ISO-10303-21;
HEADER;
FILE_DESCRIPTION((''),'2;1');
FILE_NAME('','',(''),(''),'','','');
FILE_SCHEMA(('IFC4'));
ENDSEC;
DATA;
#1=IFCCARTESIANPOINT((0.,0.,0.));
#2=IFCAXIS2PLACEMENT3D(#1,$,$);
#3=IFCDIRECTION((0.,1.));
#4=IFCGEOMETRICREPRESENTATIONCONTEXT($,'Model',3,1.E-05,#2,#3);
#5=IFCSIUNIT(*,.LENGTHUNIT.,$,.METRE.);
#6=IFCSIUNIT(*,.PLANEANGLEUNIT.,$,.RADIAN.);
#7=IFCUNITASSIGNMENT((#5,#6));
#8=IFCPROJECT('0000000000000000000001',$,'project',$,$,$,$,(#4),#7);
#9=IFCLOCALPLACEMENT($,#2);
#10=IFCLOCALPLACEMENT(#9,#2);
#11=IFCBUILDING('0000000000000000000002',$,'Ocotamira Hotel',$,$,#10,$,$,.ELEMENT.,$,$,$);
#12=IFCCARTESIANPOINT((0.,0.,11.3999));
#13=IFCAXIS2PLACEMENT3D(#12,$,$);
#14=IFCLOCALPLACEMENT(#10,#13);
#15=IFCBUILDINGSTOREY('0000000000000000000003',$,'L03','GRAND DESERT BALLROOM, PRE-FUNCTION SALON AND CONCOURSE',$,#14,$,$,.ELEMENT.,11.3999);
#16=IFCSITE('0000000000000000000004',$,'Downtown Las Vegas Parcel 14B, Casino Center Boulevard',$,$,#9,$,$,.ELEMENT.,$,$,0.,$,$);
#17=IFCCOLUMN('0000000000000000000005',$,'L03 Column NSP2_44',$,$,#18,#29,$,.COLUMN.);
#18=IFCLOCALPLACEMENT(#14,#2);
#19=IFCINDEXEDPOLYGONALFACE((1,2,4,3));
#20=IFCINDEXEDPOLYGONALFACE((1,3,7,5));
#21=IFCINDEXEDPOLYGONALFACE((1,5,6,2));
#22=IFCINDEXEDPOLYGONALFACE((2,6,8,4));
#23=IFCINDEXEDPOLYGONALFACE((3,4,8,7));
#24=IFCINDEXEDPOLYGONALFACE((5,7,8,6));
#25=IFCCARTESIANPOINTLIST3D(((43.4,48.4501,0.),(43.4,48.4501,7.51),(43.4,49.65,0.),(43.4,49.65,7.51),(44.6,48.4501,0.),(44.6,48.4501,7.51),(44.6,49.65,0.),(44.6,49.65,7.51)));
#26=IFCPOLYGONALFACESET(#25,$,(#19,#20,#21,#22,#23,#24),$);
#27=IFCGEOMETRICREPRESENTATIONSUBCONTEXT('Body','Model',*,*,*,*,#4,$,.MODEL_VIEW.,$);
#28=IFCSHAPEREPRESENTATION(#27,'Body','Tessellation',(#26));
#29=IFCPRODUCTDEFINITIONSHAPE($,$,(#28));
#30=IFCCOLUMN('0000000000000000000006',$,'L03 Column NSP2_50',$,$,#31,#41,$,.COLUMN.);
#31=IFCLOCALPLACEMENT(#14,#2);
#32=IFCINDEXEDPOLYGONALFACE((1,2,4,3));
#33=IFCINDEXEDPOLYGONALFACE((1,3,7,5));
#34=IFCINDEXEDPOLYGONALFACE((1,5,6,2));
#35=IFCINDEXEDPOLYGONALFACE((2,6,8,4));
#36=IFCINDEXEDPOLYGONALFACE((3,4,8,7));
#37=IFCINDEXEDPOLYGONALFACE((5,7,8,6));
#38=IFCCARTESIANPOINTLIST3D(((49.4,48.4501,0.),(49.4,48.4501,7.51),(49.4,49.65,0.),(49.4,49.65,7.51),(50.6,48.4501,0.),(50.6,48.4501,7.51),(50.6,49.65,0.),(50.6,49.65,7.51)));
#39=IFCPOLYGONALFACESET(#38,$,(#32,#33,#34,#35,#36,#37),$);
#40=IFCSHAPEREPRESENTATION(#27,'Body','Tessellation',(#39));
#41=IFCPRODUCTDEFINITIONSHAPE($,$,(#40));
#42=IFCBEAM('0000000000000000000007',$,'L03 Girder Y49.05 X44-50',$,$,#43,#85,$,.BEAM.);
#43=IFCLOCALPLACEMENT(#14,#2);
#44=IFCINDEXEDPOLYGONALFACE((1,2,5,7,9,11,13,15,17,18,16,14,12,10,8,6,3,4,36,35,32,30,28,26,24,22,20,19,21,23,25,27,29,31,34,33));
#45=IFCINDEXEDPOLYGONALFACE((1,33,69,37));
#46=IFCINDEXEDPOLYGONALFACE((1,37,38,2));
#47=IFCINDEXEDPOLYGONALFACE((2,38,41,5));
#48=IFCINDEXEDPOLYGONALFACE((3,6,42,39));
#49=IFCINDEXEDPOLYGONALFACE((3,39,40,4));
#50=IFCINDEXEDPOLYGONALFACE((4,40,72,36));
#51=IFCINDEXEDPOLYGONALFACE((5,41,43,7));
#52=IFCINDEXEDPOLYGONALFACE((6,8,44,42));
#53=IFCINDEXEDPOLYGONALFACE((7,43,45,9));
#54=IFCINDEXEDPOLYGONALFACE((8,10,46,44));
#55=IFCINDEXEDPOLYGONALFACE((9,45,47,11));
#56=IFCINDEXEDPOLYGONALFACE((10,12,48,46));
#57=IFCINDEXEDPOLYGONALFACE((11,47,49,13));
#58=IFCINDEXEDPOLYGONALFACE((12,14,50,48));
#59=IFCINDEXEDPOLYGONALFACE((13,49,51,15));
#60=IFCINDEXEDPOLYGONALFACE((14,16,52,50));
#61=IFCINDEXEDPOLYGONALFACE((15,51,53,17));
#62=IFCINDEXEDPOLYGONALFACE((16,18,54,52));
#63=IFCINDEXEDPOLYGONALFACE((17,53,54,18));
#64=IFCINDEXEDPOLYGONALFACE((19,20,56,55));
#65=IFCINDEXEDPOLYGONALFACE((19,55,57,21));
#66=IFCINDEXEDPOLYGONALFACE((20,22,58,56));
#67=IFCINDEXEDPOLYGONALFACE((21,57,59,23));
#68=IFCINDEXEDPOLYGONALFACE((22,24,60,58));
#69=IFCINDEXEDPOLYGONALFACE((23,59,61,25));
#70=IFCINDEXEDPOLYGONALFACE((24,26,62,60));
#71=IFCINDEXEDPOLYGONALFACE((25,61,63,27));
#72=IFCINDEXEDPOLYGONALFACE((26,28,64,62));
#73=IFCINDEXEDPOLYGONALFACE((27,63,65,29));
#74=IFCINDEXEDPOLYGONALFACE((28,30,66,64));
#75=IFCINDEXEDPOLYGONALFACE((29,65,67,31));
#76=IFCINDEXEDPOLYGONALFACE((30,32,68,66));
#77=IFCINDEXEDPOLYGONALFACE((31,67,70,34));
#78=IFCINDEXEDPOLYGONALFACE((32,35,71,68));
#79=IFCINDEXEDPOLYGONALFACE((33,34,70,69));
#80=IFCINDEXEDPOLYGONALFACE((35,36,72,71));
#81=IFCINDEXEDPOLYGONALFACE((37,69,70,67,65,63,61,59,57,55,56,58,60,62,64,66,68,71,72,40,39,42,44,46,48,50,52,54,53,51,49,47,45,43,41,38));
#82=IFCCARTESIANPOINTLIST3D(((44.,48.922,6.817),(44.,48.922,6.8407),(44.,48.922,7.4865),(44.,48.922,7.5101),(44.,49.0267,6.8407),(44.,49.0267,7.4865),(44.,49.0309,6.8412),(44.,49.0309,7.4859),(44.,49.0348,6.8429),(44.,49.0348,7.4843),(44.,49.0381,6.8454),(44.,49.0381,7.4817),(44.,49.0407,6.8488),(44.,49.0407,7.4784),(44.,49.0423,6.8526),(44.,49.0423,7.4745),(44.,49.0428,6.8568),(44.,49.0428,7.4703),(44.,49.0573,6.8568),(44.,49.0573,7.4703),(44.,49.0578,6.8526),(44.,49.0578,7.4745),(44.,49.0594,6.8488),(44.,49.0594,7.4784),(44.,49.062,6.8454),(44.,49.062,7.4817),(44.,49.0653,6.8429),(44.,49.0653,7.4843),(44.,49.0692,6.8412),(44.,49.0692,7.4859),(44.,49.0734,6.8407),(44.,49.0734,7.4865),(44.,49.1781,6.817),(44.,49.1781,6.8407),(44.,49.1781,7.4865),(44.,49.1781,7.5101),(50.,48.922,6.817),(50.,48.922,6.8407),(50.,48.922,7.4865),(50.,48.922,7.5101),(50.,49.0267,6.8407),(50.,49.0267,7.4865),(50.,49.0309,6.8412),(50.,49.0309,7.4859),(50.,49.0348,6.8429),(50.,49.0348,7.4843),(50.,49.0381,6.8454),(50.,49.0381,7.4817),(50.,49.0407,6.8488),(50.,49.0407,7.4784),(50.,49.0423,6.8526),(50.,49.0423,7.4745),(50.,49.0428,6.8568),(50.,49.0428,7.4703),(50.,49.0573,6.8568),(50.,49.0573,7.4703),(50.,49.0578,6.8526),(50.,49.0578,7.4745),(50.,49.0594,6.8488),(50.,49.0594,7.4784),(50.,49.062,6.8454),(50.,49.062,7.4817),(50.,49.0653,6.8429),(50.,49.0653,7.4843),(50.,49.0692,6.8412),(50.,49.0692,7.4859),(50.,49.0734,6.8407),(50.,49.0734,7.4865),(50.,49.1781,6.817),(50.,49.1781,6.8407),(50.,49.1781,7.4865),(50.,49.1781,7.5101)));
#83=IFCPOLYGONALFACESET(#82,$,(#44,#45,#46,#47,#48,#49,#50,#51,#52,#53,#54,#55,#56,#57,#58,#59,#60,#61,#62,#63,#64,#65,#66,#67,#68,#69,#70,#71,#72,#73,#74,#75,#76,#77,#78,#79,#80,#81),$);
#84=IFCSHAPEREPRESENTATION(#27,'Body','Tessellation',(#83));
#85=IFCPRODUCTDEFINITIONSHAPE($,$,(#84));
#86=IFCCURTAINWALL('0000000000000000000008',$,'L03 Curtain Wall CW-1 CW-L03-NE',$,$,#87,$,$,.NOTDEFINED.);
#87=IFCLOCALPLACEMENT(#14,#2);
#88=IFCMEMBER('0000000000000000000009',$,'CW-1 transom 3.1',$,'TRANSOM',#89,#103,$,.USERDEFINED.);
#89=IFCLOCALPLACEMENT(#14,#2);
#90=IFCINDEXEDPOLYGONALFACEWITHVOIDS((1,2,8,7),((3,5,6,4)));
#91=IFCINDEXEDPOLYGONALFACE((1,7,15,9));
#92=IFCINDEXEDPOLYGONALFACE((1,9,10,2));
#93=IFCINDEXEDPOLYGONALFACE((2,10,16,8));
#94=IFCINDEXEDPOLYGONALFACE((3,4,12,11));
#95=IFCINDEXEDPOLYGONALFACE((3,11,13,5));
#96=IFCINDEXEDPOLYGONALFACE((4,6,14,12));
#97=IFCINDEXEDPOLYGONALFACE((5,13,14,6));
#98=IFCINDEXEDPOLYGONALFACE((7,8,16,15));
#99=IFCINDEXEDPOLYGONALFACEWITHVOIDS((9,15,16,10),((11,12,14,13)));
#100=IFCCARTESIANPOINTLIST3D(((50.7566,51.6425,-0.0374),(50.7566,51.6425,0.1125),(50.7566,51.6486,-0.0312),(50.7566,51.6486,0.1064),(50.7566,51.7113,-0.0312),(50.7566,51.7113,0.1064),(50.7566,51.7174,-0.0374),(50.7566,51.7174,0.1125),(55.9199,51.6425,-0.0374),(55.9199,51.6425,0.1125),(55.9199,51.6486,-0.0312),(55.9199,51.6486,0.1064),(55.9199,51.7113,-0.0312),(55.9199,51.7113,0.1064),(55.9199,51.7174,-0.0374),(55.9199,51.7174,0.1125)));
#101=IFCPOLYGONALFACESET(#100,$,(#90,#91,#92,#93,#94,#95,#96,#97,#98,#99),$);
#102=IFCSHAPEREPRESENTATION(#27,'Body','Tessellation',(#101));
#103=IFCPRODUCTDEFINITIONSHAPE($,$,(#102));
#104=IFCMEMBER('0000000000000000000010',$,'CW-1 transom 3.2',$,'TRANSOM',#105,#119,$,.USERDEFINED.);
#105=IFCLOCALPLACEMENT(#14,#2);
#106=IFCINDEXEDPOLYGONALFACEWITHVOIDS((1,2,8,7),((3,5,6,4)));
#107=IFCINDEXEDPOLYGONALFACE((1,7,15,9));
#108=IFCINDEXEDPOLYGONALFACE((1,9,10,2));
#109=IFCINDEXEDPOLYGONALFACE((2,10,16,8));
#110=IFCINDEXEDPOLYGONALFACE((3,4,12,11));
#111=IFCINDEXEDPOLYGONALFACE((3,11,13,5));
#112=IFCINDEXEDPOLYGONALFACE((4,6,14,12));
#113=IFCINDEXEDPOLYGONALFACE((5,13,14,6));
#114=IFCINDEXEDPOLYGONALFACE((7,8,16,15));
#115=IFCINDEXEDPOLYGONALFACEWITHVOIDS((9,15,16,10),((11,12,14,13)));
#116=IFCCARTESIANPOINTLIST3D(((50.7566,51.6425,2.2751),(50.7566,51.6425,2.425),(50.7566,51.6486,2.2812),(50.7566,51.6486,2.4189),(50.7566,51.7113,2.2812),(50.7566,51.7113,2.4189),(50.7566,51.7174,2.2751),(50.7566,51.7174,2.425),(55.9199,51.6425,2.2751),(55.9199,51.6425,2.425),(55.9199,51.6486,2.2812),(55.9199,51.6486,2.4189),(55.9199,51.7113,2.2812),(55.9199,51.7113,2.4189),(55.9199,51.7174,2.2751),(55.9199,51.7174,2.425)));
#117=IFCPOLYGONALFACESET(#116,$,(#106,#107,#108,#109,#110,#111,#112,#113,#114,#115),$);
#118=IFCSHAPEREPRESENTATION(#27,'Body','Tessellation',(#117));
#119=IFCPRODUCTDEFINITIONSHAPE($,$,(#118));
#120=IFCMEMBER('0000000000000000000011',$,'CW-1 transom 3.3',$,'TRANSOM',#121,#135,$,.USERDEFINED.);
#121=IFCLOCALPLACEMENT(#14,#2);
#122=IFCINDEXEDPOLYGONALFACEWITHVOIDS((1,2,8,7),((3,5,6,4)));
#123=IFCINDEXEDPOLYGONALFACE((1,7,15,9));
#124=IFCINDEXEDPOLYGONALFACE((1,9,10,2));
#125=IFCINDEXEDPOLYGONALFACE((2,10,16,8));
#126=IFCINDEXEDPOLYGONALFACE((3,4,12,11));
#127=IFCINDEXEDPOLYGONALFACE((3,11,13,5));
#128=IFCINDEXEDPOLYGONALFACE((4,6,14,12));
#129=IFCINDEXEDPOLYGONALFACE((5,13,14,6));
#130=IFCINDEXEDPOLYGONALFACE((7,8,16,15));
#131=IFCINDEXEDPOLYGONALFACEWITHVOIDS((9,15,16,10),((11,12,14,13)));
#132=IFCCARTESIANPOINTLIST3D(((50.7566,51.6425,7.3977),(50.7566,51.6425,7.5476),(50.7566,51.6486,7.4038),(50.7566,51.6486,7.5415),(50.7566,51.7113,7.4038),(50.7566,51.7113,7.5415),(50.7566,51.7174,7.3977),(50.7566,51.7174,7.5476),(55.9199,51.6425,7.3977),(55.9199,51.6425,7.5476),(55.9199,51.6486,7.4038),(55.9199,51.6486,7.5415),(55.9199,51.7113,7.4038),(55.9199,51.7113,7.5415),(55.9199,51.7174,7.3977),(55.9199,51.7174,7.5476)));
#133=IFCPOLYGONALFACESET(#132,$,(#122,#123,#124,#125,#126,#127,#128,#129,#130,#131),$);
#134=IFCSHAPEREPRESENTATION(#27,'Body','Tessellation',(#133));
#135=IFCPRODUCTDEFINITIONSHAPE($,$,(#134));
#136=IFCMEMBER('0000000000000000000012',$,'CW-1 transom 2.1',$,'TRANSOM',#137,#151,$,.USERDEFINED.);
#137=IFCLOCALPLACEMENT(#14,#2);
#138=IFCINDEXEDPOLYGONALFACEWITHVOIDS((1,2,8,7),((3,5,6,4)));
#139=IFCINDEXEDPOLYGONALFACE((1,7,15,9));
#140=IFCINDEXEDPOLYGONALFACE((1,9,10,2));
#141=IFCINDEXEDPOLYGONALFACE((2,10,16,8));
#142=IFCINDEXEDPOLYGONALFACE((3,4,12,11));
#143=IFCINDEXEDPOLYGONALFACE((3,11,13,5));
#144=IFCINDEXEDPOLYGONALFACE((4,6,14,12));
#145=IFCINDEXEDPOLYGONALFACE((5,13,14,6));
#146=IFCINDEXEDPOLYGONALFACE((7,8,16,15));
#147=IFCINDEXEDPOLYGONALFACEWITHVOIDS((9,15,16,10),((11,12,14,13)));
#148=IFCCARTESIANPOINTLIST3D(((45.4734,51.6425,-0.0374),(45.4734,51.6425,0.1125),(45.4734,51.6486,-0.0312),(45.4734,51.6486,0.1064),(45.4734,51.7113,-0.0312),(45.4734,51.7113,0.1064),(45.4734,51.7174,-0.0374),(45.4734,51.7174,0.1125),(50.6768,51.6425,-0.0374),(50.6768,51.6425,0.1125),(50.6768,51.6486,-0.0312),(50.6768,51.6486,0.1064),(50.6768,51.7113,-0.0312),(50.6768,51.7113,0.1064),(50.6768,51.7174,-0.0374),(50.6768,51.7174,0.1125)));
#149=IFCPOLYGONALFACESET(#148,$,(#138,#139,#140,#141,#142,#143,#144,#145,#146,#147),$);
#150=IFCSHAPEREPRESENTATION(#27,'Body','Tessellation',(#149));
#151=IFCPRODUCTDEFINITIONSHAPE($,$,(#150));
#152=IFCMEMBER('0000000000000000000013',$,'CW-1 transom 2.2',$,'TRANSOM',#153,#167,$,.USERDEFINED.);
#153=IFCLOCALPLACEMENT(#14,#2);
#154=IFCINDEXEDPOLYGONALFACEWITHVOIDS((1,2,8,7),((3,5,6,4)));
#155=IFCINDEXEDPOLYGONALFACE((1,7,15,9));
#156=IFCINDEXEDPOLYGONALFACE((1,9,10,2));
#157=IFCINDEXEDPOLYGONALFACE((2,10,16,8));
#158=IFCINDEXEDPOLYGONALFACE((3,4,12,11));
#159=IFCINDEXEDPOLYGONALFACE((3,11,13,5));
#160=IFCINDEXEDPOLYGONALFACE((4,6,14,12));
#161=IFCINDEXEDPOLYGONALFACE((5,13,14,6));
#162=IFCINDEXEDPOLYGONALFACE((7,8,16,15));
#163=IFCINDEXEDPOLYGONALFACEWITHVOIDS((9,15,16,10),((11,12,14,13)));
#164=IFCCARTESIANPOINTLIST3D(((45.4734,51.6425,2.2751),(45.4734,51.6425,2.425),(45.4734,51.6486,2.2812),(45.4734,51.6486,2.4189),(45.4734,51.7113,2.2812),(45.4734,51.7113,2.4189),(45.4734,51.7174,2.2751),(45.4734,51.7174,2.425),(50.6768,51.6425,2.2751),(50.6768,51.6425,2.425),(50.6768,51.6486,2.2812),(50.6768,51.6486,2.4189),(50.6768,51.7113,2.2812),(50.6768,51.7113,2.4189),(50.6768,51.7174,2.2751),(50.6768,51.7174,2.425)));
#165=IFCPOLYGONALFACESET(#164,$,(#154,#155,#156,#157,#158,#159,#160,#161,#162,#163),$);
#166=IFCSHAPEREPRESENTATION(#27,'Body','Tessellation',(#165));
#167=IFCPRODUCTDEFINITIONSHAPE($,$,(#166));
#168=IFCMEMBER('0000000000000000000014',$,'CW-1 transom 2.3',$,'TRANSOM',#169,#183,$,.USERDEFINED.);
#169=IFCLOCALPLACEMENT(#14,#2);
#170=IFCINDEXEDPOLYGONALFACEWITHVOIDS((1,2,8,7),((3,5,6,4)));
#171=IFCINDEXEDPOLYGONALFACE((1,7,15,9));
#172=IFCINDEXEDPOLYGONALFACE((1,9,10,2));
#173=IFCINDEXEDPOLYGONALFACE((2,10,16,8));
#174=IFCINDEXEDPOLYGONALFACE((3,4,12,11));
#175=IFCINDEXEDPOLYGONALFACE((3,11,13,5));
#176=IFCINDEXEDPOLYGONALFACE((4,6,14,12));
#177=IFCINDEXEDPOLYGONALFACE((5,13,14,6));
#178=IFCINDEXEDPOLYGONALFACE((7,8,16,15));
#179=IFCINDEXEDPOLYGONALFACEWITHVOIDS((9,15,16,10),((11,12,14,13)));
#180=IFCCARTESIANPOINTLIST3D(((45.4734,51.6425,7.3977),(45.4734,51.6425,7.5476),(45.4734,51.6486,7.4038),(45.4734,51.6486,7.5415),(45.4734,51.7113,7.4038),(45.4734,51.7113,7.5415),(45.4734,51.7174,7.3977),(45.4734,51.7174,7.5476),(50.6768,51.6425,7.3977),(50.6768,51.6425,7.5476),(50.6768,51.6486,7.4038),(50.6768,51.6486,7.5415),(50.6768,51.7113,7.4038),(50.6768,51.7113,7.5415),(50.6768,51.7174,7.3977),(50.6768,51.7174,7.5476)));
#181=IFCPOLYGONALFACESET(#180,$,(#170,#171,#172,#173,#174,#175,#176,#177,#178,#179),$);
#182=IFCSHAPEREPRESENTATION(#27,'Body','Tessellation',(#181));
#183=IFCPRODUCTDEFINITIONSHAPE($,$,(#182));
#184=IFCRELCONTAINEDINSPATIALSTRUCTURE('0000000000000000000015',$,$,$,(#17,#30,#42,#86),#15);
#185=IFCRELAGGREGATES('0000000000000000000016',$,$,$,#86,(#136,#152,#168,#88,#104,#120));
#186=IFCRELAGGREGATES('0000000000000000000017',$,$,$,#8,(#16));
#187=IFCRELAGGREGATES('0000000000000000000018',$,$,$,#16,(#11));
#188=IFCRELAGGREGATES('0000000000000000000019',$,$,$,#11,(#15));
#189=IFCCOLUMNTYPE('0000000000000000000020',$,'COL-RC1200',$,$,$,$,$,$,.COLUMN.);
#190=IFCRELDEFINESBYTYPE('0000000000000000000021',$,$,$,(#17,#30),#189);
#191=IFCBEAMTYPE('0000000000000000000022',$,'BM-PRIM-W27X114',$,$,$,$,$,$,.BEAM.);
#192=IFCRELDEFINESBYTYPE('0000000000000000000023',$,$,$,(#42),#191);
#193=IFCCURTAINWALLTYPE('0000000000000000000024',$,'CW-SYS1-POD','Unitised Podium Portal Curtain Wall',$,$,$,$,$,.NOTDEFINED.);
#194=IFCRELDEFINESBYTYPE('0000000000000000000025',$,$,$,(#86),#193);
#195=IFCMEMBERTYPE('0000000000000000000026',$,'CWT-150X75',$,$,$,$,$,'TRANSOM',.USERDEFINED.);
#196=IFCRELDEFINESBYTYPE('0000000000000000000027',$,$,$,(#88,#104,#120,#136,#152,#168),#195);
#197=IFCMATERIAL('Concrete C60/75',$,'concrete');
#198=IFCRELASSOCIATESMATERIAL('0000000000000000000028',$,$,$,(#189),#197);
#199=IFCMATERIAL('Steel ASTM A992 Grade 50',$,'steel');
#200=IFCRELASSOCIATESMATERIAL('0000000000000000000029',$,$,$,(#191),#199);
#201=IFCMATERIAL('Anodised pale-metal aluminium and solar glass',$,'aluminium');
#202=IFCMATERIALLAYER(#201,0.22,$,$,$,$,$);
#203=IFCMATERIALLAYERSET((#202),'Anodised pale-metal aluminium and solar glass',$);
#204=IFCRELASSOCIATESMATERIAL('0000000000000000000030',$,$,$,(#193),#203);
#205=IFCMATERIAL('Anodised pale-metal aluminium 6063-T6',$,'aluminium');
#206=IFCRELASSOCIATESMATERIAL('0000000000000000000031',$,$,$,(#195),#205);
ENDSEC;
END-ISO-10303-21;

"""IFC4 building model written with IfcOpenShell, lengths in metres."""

from ifc_helpers import new_model, si_unit, direction, frame, origin, origin_2d, place, context, subcontext, project, spatial, rectangle, hollow_rectangle, i_section, extrude, source, transform, mapped, material, layer, layer_set, material_profile, profile_set, type_object, element, aggregate, save


model = new_model("IFC4")

# Units and contexts
model_context = context("Model", 3, precision=1e-05, world=origin(), true_north=direction((0.0, 1.0)))
body_context = subcontext(model_context, "Body", "Model", "MODEL_VIEW")
ifc_project = project(units=[si_unit("LENGTHUNIT", "METRE"), si_unit("PLANEANGLEUNIT", "RADIAN")], contexts=[model_context])

# Site, building, storey
site_placement = place(None, origin())
site = spatial("IfcSite", under=ifc_project, at=site_placement, Name="Downtown Las Vegas Parcel 14B, Casino Center Boulevard", CompositionType="ELEMENT", RefElevation=0.0)
building_placement = place(site_placement, origin())
building = spatial("IfcBuilding", under=site, at=building_placement, Name="Ocotamira Hotel", CompositionType="ELEMENT")
storey_placement = place(building_placement, frame((0.0, 0.0, 11.3999)))
storey = spatial("IfcBuildingStorey", under=building, at=storey_placement, Name="L03", Description="GRAND DESERT BALLROOM, PRE-FUNCTION SALON AND CONCOURSE", CompositionType="ELEMENT", Elevation=11.3999)

# Columns
ifc_material_1 = material(Name="Concrete C60/75", Category="concrete")
ifc_material_profile_1 = material_profile(ifc_material_1, rectangle(XDim=1.2, YDim=1.2, at=origin_2d()), Name="RC1200X1200")
ifc_profile_set_1 = profile_set([ifc_material_profile_1], Name="Concrete C60/75")
column_type = type_object("IfcColumnType", Name="COL-RC1200", PredefinedType="COLUMN", material=ifc_profile_set_1)
shared_shape_1 = source(origin(), body_context, "Body", "SweptSolid", [
    extrude(rectangle(XDim=1.2, YDim=1.2, at=origin_2d()), origin(), (0.0, 0.0, 1.0), 7.51),
])
for number, where, z_axis, x_axis, name in (
    (1, (44.0, 49.05, 0.0), (0.0, 0.0, 1.0), (1.0, 0.0, 0.0), "L03 Column NSP2_44"),
    (2, (50.0, 49.05, 0.0), (0.0, 0.0, 1.0), (1.0, 0.0, 0.0), "L03 Column NSP2_50"),
):
    element("IfcColumn", number, at=place(storey_placement, frame(where, z_axis=z_axis, x_axis=x_axis)), inside=storey, type_object=column_type, Name=name, PredefinedType="COLUMN", context=body_context, shape_type="MappedRepresentation", body=[
        mapped(shared_shape_1, transform((0.0, 0.0, 0.0), scale=1.0)),
    ])

# Beam
ifc_material_2 = material(Name="Steel ASTM A992 Grade 50", Category="steel")
ifc_material_profile_2 = material_profile(ifc_material_2, i_section(OverallWidth=0.2561, OverallDepth=0.6931, WebThickness=0.0144, FlangeThickness=0.0237, FilletRadius=0.0161, at=origin_2d()), Name="W27X114")
ifc_profile_set_2 = profile_set([ifc_material_profile_2], Name="Steel ASTM A992 Grade 50")
beam_type = type_object("IfcBeamType", Name="BM-PRIM-W27X114", PredefinedType="BEAM", material=ifc_profile_set_2)
shared_shape_2 = source(origin(), body_context, "Body", "SweptSolid", [
    extrude(i_section(OverallWidth=0.2561, OverallDepth=0.6931, WebThickness=0.0144, FlangeThickness=0.0237, FilletRadius=0.0161, at=origin_2d()), origin(), (0.0, 0.0, 1.0), 6.0),
])
beam_placement = place(storey_placement, frame((44.0, 49.05, 7.1636), z_axis=(1.0, 0.0, 0.0), x_axis=(0.0, 1.0, 0.0)))
element("IfcBeam", 3, at=beam_placement, inside=storey, type_object=beam_type, Name="L03 Girder Y49.05 X44-50", PredefinedType="BEAM", context=body_context, shape_type="MappedRepresentation", body=[
    mapped(shared_shape_2, transform((0.0, 0.0, 0.0), scale=1.0)),
])

# Curtain wall, members
ifc_material_3 = material(Name="Anodised pale-metal aluminium and solar glass", Category="aluminium")
ifc_layer_1 = layer(ifc_material_3, 0.22)
ifc_layer_set_1 = layer_set([ifc_layer_1], Name="Anodised pale-metal aluminium and solar glass")
curtain_wall_type = type_object("IfcCurtainWallType", Name="CW-SYS1-POD", Description="Unitised Podium Portal Curtain Wall", PredefinedType="NOTDEFINED", material=ifc_layer_set_1)
curtain_wall_placement = place(storey_placement, origin())
curtain_wall = element("IfcCurtainWall", 4, at=curtain_wall_placement, inside=storey, type_object=curtain_wall_type, Name="L03 Curtain Wall CW-1 CW-L03-NE", PredefinedType="NOTDEFINED")
ifc_material_4 = material(Name="Anodised pale-metal aluminium 6063-T6", Category="aluminium")
ifc_material_profile_3 = material_profile(ifc_material_4, hollow_rectangle(XDim=0.075, YDim=0.1499, WallThickness=0.0061, at=origin_2d()), Name="HSS150X75X6")
ifc_profile_set_3 = profile_set([ifc_material_profile_3], Name="Anodised pale-metal aluminium 6063-T6")
member_type_1 = type_object("IfcMemberType", Name="CWT-150X75", ElementType="TRANSOM", PredefinedType="USERDEFINED", material=ifc_profile_set_3)
shared_shape_3 = source(origin(), body_context, "Body", "SweptSolid", [
    extrude(hollow_rectangle(XDim=0.075, YDim=0.1499, WallThickness=0.0061, at=origin_2d()), origin(), (0.0, 0.0, 1.0), 5.1633),
])
member_1_placement = place(storey_placement, frame((50.7566, 51.6799, 0.0376), z_axis=(1.0, 0.0, 0.0), x_axis=(0.0, 1.0, 0.0)))
member_1 = element("IfcMember", 5, at=member_1_placement, type_object=member_type_1, Name="CW-1 transom 3.1", ObjectType="TRANSOM", PredefinedType="USERDEFINED", context=body_context, shape_type="MappedRepresentation", body=[
    mapped(shared_shape_3, transform((0.0, 0.0, 0.0), scale=1.0)),
])
member_2_placement = place(storey_placement, frame((50.7566, 51.6799, 2.3501), z_axis=(1.0, 0.0, 0.0), x_axis=(0.0, 1.0, 0.0)))
member_2 = element("IfcMember", 6, at=member_2_placement, type_object=member_type_1, Name="CW-1 transom 3.2", ObjectType="TRANSOM", PredefinedType="USERDEFINED", context=body_context, shape_type="MappedRepresentation", body=[
    mapped(shared_shape_3, transform((0.0, 0.0, 0.0), scale=1.0)),
])
member_3_placement = place(storey_placement, frame((50.7566, 51.6799, 7.4727), z_axis=(1.0, 0.0, 0.0), x_axis=(0.0, 1.0, 0.0)))
member_3 = element("IfcMember", 7, at=member_3_placement, type_object=member_type_1, Name="CW-1 transom 3.3", ObjectType="TRANSOM", PredefinedType="USERDEFINED", context=body_context, shape_type="MappedRepresentation", body=[
    mapped(shared_shape_3, transform((0.0, 0.0, 0.0), scale=1.0)),
])
shared_shape_4 = source(origin(), body_context, "Body", "SweptSolid", [
    extrude(hollow_rectangle(XDim=0.075, YDim=0.1499, WallThickness=0.0061, at=origin_2d()), origin(), (0.0, 0.0, 1.0), 5.2034),
])
member_4_placement = place(storey_placement, frame((45.4734, 51.6799, 0.0376), z_axis=(1.0, 0.0, 0.0), x_axis=(0.0, 1.0, 0.0)))
member_4 = element("IfcMember", 8, at=member_4_placement, type_object=member_type_1, Name="CW-1 transom 2.1", ObjectType="TRANSOM", PredefinedType="USERDEFINED", context=body_context, shape_type="MappedRepresentation", body=[
    mapped(shared_shape_4, transform((0.0, 0.0, 0.0), scale=1.0)),
])
member_5_placement = place(storey_placement, frame((45.4734, 51.6799, 2.3501), z_axis=(1.0, 0.0, 0.0), x_axis=(0.0, 1.0, 0.0)))
member_5 = element("IfcMember", 9, at=member_5_placement, type_object=member_type_1, Name="CW-1 transom 2.2", ObjectType="TRANSOM", PredefinedType="USERDEFINED", context=body_context, shape_type="MappedRepresentation", body=[
    mapped(shared_shape_4, transform((0.0, 0.0, 0.0), scale=1.0)),
])
member_6_placement = place(storey_placement, frame((45.4734, 51.6799, 7.4727), z_axis=(1.0, 0.0, 0.0), x_axis=(0.0, 1.0, 0.0)))
member_6 = element("IfcMember", 10, at=member_6_placement, type_object=member_type_1, Name="CW-1 transom 2.3", ObjectType="TRANSOM", PredefinedType="USERDEFINED", context=body_context, shape_type="MappedRepresentation", body=[
    mapped(shared_shape_4, transform((0.0, 0.0, 0.0), scale=1.0)),
])
aggregate(curtain_wall, [member_4, member_5, member_6, member_1, member_2, member_3])

save(model, "model.ifc")
